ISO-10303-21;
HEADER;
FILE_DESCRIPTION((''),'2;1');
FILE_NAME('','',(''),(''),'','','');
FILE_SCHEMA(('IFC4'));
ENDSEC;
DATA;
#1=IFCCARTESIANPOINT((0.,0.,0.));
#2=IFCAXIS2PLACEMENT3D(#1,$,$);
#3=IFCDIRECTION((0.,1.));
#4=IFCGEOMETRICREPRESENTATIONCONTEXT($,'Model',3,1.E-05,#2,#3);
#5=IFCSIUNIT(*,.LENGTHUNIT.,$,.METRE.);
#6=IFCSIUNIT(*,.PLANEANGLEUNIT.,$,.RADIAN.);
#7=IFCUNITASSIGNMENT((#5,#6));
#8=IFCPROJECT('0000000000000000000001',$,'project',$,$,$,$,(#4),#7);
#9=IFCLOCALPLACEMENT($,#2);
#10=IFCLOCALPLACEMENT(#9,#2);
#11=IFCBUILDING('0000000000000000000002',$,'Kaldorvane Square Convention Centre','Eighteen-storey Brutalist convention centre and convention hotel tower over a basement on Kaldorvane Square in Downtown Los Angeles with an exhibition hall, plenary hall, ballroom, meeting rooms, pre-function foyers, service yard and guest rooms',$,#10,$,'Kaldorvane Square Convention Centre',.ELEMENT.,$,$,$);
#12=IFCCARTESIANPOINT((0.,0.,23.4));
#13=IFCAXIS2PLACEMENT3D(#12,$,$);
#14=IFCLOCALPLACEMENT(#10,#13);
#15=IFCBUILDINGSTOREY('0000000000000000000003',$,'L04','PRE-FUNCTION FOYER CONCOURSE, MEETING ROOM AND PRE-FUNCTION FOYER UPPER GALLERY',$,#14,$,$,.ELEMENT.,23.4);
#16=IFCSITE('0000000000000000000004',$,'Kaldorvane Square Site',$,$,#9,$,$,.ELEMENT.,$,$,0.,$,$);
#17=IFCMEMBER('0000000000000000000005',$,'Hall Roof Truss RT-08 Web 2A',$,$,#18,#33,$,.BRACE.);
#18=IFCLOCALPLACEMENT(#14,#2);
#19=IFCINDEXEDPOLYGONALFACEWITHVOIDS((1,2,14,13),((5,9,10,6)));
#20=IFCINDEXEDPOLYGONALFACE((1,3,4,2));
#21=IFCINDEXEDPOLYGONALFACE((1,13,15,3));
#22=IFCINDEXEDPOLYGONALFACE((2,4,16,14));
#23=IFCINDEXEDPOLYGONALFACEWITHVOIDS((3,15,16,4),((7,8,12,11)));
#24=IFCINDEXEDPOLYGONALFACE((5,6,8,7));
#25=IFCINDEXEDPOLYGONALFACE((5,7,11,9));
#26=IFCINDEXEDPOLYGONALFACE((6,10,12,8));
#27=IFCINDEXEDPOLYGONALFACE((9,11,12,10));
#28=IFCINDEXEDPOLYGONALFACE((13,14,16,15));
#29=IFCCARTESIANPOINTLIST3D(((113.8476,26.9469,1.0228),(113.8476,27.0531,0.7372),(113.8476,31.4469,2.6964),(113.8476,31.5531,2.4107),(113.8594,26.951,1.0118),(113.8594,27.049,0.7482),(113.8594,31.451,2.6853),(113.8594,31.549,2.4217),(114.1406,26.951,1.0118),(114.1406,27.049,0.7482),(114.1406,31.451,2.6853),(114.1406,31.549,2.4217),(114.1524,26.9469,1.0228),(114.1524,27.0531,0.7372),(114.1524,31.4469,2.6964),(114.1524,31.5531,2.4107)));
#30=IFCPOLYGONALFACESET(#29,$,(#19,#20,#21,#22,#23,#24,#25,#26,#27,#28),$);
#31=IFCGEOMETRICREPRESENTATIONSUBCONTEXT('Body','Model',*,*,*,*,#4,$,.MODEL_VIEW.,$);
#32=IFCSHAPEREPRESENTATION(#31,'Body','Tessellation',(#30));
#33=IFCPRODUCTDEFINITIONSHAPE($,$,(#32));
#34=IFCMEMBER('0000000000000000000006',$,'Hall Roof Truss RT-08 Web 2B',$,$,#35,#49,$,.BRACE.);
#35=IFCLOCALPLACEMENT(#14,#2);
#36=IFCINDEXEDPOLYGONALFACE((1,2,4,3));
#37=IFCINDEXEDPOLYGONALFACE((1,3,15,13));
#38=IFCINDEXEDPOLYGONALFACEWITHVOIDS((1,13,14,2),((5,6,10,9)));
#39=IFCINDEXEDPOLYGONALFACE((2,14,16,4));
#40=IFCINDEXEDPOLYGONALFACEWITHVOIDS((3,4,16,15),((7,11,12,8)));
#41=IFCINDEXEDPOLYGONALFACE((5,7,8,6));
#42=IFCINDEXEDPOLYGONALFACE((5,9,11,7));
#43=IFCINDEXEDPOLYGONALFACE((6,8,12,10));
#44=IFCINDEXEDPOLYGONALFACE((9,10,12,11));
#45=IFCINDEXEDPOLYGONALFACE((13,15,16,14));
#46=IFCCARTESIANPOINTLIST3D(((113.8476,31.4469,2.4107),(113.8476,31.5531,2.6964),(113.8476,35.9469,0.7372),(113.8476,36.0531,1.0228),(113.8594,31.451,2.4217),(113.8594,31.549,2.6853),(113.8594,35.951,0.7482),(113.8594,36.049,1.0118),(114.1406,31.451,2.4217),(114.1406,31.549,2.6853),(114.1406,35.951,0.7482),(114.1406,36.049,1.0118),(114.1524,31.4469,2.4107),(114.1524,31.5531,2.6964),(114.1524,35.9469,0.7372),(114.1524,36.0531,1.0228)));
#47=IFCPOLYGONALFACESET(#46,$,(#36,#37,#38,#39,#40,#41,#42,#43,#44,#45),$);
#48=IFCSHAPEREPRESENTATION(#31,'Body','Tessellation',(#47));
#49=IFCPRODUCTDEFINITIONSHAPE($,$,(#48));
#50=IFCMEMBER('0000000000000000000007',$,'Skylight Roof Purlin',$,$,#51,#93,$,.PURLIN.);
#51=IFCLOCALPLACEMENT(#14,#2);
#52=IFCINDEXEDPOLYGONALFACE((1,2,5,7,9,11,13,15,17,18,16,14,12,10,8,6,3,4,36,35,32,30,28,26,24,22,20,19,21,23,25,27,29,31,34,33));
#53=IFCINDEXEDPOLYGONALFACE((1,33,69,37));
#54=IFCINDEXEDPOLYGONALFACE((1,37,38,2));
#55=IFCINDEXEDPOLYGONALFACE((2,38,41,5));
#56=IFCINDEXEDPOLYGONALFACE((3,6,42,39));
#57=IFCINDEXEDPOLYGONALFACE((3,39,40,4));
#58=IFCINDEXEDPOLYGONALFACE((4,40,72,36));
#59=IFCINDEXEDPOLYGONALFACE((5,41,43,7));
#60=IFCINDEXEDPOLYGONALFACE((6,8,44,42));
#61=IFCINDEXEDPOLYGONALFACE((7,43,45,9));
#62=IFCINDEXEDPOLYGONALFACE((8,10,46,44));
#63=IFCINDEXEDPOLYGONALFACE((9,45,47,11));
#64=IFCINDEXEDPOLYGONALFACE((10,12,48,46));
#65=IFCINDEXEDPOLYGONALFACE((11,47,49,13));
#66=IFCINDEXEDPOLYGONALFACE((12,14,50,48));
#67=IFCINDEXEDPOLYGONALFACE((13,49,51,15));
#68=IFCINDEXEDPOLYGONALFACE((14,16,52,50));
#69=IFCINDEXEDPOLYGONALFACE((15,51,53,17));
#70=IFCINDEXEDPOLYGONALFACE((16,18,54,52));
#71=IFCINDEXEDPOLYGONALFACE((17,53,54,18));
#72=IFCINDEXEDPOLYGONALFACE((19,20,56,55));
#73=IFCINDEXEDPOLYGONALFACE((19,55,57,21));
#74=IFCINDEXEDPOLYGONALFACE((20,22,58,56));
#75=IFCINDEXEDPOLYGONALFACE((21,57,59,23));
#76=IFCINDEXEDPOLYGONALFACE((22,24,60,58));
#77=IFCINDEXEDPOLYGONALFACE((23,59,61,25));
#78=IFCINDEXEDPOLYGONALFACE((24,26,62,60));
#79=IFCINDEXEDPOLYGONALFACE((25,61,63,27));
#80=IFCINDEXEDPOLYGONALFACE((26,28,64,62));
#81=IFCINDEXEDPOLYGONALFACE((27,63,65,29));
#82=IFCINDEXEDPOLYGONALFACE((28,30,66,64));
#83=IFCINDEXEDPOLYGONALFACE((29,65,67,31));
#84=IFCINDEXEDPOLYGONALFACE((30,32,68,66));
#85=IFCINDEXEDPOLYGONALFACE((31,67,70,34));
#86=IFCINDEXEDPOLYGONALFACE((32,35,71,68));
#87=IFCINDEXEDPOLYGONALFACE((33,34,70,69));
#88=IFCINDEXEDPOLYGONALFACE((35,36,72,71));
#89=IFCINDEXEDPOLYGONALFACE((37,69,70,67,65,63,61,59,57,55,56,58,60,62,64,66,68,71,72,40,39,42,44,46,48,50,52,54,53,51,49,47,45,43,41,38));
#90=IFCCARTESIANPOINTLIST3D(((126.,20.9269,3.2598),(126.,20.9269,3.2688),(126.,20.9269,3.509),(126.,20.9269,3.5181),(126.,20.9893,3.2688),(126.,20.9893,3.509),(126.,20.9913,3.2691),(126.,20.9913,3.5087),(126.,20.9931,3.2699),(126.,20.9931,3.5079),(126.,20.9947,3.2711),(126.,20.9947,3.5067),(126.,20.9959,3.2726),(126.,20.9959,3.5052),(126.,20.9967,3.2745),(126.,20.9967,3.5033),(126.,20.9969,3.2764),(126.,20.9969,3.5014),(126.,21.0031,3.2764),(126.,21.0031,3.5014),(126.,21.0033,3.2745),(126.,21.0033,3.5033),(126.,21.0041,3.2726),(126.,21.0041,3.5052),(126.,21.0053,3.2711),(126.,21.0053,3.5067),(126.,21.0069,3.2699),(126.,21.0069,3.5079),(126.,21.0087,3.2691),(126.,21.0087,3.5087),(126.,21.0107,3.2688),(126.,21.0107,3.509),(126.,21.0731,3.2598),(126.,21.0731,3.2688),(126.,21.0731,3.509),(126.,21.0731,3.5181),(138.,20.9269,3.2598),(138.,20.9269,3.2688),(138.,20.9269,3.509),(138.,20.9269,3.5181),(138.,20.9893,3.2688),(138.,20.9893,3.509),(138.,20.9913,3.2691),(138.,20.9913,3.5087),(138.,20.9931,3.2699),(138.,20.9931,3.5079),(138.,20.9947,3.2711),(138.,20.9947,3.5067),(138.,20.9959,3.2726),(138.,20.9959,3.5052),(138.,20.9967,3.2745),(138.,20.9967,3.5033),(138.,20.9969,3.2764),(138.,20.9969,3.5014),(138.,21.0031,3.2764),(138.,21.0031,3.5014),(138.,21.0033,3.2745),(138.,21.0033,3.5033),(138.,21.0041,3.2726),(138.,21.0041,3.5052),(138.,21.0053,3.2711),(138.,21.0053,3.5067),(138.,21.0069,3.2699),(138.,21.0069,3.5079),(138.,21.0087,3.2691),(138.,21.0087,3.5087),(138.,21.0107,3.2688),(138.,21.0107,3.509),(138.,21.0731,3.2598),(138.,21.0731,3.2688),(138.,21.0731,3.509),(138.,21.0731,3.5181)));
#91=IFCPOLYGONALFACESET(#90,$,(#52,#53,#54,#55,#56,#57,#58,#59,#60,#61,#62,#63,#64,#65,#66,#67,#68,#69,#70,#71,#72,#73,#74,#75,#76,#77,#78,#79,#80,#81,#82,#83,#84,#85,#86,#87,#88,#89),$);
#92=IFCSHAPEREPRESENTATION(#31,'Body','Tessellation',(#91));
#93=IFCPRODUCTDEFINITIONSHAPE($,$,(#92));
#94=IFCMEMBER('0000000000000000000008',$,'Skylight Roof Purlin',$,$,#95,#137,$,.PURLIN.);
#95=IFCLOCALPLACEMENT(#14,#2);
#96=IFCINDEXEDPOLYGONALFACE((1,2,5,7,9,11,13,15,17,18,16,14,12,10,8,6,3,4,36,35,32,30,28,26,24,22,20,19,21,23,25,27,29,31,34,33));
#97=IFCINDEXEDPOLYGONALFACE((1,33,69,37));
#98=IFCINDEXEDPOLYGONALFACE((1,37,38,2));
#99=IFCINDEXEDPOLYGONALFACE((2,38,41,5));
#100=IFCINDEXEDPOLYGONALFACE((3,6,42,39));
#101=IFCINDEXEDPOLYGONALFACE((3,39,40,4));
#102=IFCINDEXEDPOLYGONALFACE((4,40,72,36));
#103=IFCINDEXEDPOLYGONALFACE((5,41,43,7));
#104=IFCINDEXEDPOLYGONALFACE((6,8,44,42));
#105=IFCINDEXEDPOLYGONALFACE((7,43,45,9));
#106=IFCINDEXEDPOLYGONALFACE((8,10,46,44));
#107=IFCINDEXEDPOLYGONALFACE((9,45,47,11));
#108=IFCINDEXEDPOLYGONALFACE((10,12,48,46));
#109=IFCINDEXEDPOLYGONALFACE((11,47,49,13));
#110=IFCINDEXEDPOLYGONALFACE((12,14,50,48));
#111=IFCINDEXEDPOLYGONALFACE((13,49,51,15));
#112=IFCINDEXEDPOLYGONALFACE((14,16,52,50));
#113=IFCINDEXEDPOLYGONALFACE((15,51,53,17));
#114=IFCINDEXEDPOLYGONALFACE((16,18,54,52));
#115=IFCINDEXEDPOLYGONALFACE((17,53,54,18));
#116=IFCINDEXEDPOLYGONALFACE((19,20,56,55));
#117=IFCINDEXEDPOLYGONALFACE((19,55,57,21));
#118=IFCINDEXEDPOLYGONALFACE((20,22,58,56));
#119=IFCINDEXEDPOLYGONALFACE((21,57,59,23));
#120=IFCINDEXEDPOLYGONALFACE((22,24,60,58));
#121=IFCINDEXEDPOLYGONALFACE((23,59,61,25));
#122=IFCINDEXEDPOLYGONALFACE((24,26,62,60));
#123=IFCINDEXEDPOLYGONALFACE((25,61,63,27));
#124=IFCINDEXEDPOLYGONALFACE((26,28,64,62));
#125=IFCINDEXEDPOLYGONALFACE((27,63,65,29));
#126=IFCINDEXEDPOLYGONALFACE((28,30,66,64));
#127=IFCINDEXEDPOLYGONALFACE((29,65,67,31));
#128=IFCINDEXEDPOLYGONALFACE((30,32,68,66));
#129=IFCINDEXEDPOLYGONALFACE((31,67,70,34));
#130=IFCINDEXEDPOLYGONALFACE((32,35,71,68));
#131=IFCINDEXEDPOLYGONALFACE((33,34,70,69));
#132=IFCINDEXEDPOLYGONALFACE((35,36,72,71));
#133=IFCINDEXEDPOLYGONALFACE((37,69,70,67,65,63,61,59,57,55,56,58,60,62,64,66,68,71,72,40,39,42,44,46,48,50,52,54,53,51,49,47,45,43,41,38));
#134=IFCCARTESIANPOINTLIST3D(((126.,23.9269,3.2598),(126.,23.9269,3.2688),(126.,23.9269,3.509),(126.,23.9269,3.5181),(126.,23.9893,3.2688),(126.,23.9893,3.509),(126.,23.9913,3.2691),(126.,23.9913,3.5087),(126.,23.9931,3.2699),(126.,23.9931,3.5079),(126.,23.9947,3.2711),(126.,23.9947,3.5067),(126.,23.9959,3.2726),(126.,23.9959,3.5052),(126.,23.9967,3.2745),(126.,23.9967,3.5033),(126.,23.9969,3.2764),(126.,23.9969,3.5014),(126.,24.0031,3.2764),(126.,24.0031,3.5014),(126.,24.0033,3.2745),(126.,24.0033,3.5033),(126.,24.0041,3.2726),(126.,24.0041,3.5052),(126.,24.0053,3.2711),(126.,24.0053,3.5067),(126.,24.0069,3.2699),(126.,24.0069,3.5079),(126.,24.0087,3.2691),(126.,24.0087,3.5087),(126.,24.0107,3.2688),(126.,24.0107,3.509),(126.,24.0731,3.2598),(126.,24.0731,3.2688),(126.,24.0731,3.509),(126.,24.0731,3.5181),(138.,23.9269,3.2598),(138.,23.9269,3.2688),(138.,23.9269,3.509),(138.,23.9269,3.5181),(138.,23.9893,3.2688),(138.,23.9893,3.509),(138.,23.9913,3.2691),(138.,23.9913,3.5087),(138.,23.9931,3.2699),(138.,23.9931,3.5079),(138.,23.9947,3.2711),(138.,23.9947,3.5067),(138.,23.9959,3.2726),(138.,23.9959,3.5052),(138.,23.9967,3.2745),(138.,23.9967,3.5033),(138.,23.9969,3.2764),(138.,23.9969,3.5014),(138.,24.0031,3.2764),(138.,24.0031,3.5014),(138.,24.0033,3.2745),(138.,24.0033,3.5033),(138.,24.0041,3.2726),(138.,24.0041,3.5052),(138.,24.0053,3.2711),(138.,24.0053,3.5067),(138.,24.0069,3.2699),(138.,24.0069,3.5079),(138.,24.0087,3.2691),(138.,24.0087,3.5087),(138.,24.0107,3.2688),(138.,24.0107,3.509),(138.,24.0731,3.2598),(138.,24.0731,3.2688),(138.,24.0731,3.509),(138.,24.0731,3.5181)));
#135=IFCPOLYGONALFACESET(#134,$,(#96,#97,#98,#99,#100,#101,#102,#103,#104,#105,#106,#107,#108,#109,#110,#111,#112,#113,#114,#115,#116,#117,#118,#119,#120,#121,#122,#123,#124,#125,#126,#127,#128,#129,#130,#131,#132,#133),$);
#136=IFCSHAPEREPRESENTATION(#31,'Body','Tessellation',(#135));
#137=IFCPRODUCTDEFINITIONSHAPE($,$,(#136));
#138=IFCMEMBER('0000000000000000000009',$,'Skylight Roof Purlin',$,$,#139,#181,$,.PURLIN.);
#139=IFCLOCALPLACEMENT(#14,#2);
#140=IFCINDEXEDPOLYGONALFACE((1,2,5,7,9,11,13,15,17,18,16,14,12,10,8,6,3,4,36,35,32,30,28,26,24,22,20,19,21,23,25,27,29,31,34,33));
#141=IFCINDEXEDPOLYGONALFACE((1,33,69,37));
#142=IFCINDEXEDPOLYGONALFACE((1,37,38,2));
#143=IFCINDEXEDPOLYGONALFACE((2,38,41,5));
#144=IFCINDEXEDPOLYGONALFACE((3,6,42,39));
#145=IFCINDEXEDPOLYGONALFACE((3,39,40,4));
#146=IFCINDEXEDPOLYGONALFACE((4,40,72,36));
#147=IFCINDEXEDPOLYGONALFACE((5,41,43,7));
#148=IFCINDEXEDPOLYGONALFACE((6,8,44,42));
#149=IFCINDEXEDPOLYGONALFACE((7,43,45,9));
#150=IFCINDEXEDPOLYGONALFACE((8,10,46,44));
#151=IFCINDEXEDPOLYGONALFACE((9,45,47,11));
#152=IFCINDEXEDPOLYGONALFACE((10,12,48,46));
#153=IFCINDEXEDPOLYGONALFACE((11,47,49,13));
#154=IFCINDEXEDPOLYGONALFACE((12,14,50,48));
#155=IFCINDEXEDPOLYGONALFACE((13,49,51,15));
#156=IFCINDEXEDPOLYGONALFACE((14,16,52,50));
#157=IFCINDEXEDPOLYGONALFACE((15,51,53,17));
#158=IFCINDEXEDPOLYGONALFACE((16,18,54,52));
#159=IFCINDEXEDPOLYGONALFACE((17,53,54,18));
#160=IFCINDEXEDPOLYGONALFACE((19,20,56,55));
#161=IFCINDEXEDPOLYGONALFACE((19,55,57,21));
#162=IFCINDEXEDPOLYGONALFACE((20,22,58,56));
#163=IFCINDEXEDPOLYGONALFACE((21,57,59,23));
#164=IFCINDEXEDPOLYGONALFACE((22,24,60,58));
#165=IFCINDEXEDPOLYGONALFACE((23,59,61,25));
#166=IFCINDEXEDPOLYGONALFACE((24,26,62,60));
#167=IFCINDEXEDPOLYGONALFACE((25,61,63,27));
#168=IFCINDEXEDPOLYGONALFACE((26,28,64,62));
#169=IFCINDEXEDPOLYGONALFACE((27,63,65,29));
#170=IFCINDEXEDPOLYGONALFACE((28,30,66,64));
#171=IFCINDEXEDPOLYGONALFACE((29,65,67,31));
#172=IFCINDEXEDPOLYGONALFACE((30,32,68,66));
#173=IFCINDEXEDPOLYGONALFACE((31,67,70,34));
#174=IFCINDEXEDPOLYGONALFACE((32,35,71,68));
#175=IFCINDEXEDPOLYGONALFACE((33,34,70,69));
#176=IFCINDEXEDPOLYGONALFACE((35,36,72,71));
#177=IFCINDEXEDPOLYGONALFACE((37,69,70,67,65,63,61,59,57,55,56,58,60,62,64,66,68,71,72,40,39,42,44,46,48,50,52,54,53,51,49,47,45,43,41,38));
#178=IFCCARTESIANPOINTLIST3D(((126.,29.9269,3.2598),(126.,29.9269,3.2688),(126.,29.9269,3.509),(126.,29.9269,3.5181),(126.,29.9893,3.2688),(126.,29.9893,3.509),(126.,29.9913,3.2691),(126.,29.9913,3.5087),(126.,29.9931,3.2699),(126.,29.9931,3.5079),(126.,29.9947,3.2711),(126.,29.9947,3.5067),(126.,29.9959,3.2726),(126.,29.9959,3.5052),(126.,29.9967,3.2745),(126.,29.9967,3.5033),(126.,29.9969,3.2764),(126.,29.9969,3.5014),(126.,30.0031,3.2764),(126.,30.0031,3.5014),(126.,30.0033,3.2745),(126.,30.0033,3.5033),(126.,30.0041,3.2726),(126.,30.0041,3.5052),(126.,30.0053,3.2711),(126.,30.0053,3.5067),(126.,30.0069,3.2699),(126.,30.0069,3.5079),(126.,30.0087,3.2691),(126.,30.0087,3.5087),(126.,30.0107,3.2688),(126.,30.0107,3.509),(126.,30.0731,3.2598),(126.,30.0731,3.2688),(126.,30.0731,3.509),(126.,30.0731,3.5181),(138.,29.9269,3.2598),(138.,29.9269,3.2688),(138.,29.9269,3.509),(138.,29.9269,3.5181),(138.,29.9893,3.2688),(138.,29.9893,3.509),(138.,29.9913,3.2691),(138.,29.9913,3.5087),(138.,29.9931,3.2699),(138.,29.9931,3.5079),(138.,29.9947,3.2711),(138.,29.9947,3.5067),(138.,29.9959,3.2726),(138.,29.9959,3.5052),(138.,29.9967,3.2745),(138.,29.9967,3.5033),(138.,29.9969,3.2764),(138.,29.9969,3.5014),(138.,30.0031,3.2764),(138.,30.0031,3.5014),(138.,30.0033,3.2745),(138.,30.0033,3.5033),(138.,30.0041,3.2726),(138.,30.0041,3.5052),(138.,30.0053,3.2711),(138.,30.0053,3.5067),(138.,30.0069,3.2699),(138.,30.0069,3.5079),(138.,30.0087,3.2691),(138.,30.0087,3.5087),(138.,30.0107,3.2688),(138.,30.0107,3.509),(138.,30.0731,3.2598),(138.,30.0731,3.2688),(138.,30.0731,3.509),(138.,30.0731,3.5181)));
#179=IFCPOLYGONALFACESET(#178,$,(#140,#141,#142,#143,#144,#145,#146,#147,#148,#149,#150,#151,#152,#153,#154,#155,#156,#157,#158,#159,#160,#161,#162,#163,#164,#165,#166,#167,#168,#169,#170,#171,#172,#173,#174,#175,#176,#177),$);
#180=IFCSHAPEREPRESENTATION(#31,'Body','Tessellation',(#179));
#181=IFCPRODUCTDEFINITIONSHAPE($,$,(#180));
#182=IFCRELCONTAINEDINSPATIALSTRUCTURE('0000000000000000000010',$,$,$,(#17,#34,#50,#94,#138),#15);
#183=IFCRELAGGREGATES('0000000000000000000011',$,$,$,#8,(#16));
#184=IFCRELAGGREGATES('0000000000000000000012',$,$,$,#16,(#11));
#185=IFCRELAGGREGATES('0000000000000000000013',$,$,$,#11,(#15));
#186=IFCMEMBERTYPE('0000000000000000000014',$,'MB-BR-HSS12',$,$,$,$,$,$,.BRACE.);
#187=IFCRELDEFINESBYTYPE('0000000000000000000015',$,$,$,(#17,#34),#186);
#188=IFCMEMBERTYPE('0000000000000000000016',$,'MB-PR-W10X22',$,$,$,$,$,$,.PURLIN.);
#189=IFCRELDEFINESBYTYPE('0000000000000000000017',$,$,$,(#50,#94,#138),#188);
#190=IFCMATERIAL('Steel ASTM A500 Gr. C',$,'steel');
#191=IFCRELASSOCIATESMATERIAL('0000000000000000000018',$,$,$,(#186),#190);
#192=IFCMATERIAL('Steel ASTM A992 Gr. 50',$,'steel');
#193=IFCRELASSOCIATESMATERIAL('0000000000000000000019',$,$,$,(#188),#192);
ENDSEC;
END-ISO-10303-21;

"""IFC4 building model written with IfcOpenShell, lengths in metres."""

from ifc_helpers import new_model, si_unit, direction, frame, origin, origin_2d, place, context, subcontext, project, spatial, hollow_rectangle, i_section, extrude, material, material_profile, profile_set, type_object, element, save


model = new_model("IFC4")

# Units and contexts
model_context = context("Model", 3, precision=1e-05, world=origin(), true_north=direction((0.0, 1.0)))
body_context = subcontext(model_context, "Body", "Model", "MODEL_VIEW")
ifc_project = project(units=[si_unit("LENGTHUNIT", "METRE"), si_unit("PLANEANGLEUNIT", "RADIAN")], contexts=[model_context])

# Site, building, storey
site_placement = place(None, origin())
site = spatial("IfcSite", under=ifc_project, at=site_placement, Name="Kaldorvane Square Site", CompositionType="ELEMENT", RefElevation=0.0)
building_placement = place(site_placement, origin())
building = spatial("IfcBuilding", under=site, at=building_placement, Name="Kaldorvane Square Convention Centre", Description="Eighteen-storey Brutalist convention centre and convention hotel tower over a basement on Kaldorvane Square in Downtown Los Angeles with an exhibition hall, plenary hall, ballroom, meeting rooms, pre-function foyers, service yard and guest rooms", LongName="Kaldorvane Square Convention Centre", CompositionType="ELEMENT")
storey_placement = place(building_placement, frame((0.0, 0.0, 23.4)))
storey = spatial("IfcBuildingStorey", under=building, at=storey_placement, Name="L04", Description="PRE-FUNCTION FOYER CONCOURSE, MEETING ROOM AND PRE-FUNCTION FOYER UPPER GALLERY", CompositionType="ELEMENT", Elevation=23.4)

# Shared definitions
ifc_material_1 = material(Name="Steel ASTM A992 Gr. 50", Category="steel")

# Members
ifc_material_2 = material(Name="Steel ASTM A500 Gr. C", Category="steel")
ifc_material_profile_1 = material_profile(ifc_material_2, hollow_rectangle(XDim=0.3048, YDim=0.3048, WallThickness=0.0118, at=origin_2d()), Name="HSS12X12X1/2")
ifc_profile_set_1 = profile_set([ifc_material_profile_1], Name="Steel ASTM A500 Gr. C")
member_type_1 = type_object("IfcMemberType", Name="MB-BR-HSS12", PredefinedType="BRACE", material=ifc_profile_set_1)
for number, where, z_axis, x_axis, name in (
    (1, (114.0, 27.0, 0.88), (0.0, 0.937284, 0.348567), (-1.0, 0.0, 0.0), "Hall Roof Truss RT-08 Web 2A"),
    (2, (114.0, 31.5, 2.5535), (0.0, 0.937284, -0.348567), (-1.0, 0.0, 0.0), "Hall Roof Truss RT-08 Web 2B"),
):
    element("IfcMember", number, at=place(storey_placement, frame(where, z_axis=z_axis, x_axis=x_axis)), inside=storey, type_object=member_type_1, Name=name, PredefinedType="BRACE", context=body_context, shape_type="SweptSolid", body=[
        extrude(hollow_rectangle(XDim=0.3048, YDim=0.3048, WallThickness=0.0118, at=origin_2d()), origin(), (0.0, 0.0, 1.0), 4.8011),
    ])
ifc_material_profile_2 = material_profile(ifc_material_1, i_section(OverallWidth=0.1461, OverallDepth=0.2583, WebThickness=0.0061, FlangeThickness=0.0091, FilletRadius=0.0076, at=origin_2d()), Name="W10X22")
ifc_profile_set_2 = profile_set([ifc_material_profile_2], Name="Steel ASTM A992 Gr. 50")
member_type_2 = type_object("IfcMemberType", Name="MB-PR-W10X22", PredefinedType="PURLIN", material=ifc_profile_set_2)
for number, where, z_axis, x_axis, name in (
    (3, (126.0, 21.0, 3.3889), (1.0, 0.0, 0.0), (0.0, 1.0, 0.0), "Skylight Roof Purlin"),
    (4, (126.0, 24.0, 3.3889), (1.0, 0.0, 0.0), (0.0, 1.0, 0.0), "Skylight Roof Purlin"),
    (5, (126.0, 30.0, 3.3889), (1.0, 0.0, 0.0), (0.0, 1.0, 0.0), "Skylight Roof Purlin"),
):
    element("IfcMember", number, at=place(storey_placement, frame(where, z_axis=z_axis, x_axis=x_axis)), inside=storey, type_object=member_type_2, Name=name, PredefinedType="PURLIN", context=body_context, shape_type="SweptSolid", body=[
        extrude(i_section(OverallWidth=0.1461, OverallDepth=0.2583, WebThickness=0.0061, FlangeThickness=0.0091, FilletRadius=0.0076, at=origin_2d()), origin(), (0.0, 0.0, 1.0), 12.0),
    ])

save(model, "model.ifc")
